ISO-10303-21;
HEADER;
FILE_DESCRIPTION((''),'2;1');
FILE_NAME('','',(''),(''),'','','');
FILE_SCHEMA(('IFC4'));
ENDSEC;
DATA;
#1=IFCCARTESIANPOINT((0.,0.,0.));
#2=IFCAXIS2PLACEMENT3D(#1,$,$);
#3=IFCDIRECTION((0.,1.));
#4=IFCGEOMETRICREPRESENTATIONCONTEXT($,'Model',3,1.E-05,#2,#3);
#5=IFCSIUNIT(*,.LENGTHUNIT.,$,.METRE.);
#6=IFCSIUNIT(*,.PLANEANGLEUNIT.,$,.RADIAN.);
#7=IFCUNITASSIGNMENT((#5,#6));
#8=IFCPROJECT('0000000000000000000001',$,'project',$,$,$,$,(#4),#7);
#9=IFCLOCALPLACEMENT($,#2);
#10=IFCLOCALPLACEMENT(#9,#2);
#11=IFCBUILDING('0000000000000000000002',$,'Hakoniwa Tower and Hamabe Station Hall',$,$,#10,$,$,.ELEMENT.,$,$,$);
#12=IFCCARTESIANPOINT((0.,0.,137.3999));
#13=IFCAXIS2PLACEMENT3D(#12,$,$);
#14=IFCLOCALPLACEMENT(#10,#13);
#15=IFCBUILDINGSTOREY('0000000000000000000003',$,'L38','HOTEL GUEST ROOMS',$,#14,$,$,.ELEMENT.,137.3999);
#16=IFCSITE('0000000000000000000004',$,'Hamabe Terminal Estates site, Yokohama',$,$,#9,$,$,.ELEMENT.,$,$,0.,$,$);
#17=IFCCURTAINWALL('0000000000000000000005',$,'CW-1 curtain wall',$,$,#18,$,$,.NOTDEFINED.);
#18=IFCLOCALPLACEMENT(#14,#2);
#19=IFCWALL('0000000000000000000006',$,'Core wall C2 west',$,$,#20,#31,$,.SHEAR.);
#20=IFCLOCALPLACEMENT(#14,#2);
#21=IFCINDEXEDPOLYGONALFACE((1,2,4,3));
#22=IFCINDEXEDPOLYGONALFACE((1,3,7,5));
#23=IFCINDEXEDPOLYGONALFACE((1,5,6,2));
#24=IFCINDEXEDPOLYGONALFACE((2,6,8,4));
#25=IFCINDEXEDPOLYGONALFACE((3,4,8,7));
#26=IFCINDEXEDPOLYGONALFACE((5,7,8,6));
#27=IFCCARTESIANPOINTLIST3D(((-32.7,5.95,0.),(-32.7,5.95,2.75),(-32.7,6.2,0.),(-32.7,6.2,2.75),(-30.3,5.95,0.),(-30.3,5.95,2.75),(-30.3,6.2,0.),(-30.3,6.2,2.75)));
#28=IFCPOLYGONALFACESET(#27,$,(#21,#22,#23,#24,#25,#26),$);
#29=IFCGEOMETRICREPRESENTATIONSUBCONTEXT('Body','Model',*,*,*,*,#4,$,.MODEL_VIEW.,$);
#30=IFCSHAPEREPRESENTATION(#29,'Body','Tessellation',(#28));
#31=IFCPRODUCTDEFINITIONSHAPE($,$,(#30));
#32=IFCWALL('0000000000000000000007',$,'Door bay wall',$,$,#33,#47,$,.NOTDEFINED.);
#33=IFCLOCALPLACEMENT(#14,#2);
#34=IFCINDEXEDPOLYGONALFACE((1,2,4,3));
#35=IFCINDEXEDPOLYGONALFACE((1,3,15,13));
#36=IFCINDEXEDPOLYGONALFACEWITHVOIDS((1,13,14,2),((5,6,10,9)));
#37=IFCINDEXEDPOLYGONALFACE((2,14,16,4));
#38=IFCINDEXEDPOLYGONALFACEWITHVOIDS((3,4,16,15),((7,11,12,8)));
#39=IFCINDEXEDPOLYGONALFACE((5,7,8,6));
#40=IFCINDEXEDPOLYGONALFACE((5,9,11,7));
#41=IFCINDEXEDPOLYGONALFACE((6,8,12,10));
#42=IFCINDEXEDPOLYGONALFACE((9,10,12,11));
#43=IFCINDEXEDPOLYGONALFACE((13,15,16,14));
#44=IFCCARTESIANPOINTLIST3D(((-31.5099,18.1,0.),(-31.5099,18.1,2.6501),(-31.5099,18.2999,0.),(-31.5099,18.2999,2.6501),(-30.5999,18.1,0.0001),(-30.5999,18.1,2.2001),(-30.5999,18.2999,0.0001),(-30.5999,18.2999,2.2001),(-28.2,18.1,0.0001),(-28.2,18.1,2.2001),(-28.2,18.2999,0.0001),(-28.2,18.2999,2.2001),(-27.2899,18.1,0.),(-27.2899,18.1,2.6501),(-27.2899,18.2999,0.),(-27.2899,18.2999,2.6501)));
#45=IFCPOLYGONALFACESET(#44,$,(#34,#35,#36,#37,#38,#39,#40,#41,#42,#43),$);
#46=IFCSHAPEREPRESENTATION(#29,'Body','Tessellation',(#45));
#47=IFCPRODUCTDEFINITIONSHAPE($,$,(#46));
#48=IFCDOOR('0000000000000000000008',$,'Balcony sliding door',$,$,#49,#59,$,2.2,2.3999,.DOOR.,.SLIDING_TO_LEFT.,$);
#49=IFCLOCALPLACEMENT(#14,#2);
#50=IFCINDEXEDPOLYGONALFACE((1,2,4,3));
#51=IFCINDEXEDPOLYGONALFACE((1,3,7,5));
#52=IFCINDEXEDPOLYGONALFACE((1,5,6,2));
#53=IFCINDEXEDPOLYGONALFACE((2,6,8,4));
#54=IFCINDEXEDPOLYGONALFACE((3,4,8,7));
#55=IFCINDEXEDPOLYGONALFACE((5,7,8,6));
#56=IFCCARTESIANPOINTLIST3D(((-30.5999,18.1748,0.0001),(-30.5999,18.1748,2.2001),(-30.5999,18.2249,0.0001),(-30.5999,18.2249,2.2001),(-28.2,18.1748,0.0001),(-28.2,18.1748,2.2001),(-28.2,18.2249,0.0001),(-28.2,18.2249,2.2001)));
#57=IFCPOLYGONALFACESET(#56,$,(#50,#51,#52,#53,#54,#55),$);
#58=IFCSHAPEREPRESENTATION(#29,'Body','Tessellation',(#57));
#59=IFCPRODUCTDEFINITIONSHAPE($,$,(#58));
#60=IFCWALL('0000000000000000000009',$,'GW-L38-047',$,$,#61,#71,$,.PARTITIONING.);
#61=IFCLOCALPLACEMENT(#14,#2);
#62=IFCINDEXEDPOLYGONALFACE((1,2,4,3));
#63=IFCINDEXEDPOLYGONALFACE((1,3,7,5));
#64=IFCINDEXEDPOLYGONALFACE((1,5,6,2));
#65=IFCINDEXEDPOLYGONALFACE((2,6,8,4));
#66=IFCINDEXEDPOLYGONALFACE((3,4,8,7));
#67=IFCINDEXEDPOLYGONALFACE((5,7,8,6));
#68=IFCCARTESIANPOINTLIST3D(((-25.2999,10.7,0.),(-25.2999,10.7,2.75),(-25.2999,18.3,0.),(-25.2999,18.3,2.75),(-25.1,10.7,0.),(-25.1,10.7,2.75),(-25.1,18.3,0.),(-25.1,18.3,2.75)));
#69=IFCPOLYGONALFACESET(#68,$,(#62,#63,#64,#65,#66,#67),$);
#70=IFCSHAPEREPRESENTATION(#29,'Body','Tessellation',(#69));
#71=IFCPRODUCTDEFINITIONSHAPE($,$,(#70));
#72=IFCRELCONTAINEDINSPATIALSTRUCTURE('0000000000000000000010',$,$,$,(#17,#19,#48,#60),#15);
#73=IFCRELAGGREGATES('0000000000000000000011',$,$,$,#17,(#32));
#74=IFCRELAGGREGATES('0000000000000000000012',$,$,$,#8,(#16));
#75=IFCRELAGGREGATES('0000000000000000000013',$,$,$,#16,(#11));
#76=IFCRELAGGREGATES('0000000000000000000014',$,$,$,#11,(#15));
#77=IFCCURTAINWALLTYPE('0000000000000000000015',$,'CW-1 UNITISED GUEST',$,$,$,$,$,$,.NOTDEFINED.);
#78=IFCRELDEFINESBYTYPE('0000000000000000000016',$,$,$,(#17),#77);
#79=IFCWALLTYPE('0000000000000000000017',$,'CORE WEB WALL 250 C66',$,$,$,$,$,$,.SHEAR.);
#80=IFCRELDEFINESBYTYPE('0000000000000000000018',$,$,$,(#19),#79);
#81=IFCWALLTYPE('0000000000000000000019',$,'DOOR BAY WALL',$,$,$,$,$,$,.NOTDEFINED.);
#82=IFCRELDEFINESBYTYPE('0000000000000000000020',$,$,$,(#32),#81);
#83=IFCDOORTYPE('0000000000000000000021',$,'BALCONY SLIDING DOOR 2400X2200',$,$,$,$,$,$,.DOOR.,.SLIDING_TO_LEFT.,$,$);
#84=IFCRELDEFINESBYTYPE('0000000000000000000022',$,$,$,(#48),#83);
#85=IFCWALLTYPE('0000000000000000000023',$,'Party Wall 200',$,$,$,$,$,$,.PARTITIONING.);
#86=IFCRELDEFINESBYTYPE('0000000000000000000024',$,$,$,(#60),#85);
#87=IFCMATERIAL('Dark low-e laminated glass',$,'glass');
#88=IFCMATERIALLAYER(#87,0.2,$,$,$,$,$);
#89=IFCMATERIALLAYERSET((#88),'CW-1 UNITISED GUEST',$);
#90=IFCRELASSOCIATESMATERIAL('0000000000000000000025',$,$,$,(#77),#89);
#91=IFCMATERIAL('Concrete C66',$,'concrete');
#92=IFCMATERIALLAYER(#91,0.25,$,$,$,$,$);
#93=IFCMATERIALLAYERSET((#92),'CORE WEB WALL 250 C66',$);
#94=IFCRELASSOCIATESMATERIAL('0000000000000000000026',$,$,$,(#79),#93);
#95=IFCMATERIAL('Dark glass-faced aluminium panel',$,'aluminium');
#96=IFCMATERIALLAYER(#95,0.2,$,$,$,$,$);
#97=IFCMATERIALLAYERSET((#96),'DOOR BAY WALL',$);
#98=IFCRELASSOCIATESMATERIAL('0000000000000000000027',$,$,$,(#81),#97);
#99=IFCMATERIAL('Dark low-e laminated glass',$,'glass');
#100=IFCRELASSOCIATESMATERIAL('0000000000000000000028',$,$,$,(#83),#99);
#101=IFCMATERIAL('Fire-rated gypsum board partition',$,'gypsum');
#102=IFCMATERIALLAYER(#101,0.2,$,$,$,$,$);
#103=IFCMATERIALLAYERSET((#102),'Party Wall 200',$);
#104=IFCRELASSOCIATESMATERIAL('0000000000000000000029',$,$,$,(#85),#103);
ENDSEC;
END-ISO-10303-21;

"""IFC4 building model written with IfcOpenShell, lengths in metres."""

from ifc_helpers import new_model, si_unit, direction, frame, frame_2d, origin, place, context, subcontext, project, spatial, rectangle, extrude, material, layer, layer_set, type_object, element, fill, aggregate, save


model = new_model("IFC4")

# Units and contexts
model_context = context("Model", 3, precision=1e-05, world=origin(), true_north=direction((0.0, 1.0)))
body_context = subcontext(model_context, "Body", "Model", "MODEL_VIEW")
ifc_project = project(units=[si_unit("LENGTHUNIT", "METRE"), si_unit("PLANEANGLEUNIT", "RADIAN")], contexts=[model_context])

# Site, building, storey
site_placement = place(None, origin())
site = spatial("IfcSite", under=ifc_project, at=site_placement, Name="Hamabe Terminal Estates site, Yokohama", CompositionType="ELEMENT", RefElevation=0.0)
building_placement = place(site_placement, origin())
building = spatial("IfcBuilding", under=site, at=building_placement, Name="Hakoniwa Tower and Hamabe Station Hall", CompositionType="ELEMENT")
storey_placement = place(building_placement, frame((0.0, 0.0, 137.3999)))
storey = spatial("IfcBuildingStorey", under=building, at=storey_placement, Name="L38", Description="HOTEL GUEST ROOMS", CompositionType="ELEMENT", Elevation=137.3999)

# Curtain wall
ifc_material_1 = material(Name="Dark low-e laminated glass", Category="glass")
ifc_layer_1 = layer(ifc_material_1, 0.2)
ifc_layer_set_1 = layer_set([ifc_layer_1], Name="CW-1 UNITISED GUEST")
curtain_wall_type = type_object("IfcCurtainWallType", Name="CW-1 UNITISED GUEST", PredefinedType="NOTDEFINED", material=ifc_layer_set_1)
curtain_wall_placement = place(storey_placement, origin())
curtain_wall = element("IfcCurtainWall", 1, at=curtain_wall_placement, inside=storey, type_object=curtain_wall_type, Name="CW-1 curtain wall", PredefinedType="NOTDEFINED")

# Shared definitions
ifc_material_2 = material(Name="Concrete C66", Category="concrete")
ifc_layer_2 = layer(ifc_material_2, 0.25)
ifc_layer_set_2 = layer_set([ifc_layer_2], Name="CORE WEB WALL 250 C66")
wall_type_1 = type_object("IfcWallType", Name="CORE WEB WALL 250 C66", PredefinedType="SHEAR", material=ifc_layer_set_2)

# Wall
wall_1_placement = place(storey_placement, frame((-32.7, 6.075, 0.0), z_axis=(0.0, 0.0, 1.0), x_axis=(1.0, 0.0, 0.0)))
element("IfcWall", 2, at=wall_1_placement, inside=storey, type_object=wall_type_1, Name="Core wall C2 west", PredefinedType="SHEAR", context=body_context, shape_type="SweptSolid", body=[
    extrude(rectangle(XDim=2.3999, YDim=0.25, at=frame_2d((1.2, 0.0))), origin(), (0.0, 0.0, 1.0), 2.75),
])

# Wall, opening, door
ifc_material_3 = material(Name="Dark glass-faced aluminium panel", Category="aluminium")
ifc_layer_3 = layer(ifc_material_3, 0.2)
ifc_layer_set_3 = layer_set([ifc_layer_3], Name="DOOR BAY WALL")
wall_type_2 = type_object("IfcWallType", Name="DOOR BAY WALL", PredefinedType="NOTDEFINED", material=ifc_layer_set_3)
wall_2_placement = place(storey_placement, frame((-27.29, 18.2, 0.0), z_axis=(0.0, 0.0, 1.0), x_axis=(-1.0, 0.0, 0.0)))
wall_2 = element("IfcWall", 3, at=wall_2_placement, type_object=wall_type_2, Name="Door bay wall", PredefinedType="NOTDEFINED", context=body_context, shape_type="SweptSolid", body=[
    extrude(rectangle(XDim=4.22, YDim=0.2, at=frame_2d((2.1099, 0.0))), origin(), (0.0, 0.0, 1.0), 2.6501),
])
opening_1_placement = place(wall_2_placement, frame((0.9099, 0.0, 0.0)))
opening_1 = element("IfcOpeningElement", 4, at=opening_1_placement, cuts=wall_2, PredefinedType="OPENING", context=body_context, shape_type="SweptSolid", body=[
    extrude(rectangle(XDim=2.3999, YDim=2.2, at=frame_2d((1.2, 1.1001))), frame((0.0, 0.1099, 0.0), z_axis=(0.0, -1.0, 0.0), x_axis=(1.0, 0.0, 0.0)), (0.0, 0.0, 1.0), 0.22),
])
ifc_material_4 = material(Name="Dark low-e laminated glass", Category="glass")
door_type_1 = type_object("IfcDoorType", Name="BALCONY SLIDING DOOR 2400X2200", OperationType="SLIDING_TO_LEFT", PredefinedType="DOOR", material=ifc_material_4)
door_1_placement = place(opening_1_placement, frame((2.3999, 0.0, 0.0), z_axis=(0.0, 0.0, 1.0), x_axis=(-1.0, 0.0, 0.0)))
door_1 = element("IfcDoor", 5, at=door_1_placement, inside=storey, type_object=door_type_1, Name="Balcony sliding door", OperationType="SLIDING_TO_LEFT", OverallHeight=2.2, OverallWidth=2.3999, PredefinedType="DOOR", context=body_context, shape_type="SweptSolid", body=[
    extrude(rectangle(XDim=2.3999, YDim=2.2, at=frame_2d((1.2, 1.1001))), frame((0.0, 0.0249, 0.0), z_axis=(0.0, -1.0, 0.0), x_axis=(1.0, 0.0, 0.0)), (0.0, 0.0, 1.0), 0.05),
])
fill(opening_1, door_1)
aggregate(curtain_wall, [wall_2])

# Wall
ifc_material_5 = material(Name="Fire-rated gypsum board partition", Category="gypsum")
ifc_layer_4 = layer(ifc_material_5, 0.2)
ifc_layer_set_4 = layer_set([ifc_layer_4], Name="Party Wall 200")
wall_type_3 = type_object("IfcWallType", Name="Party Wall 200", PredefinedType="PARTITIONING", material=ifc_layer_set_4)
wall_3_placement = place(storey_placement, frame((-25.2, 10.7, 0.0), z_axis=(0.0, 0.0, 1.0), x_axis=(0.0, 1.0, 0.0)))
element("IfcWall", 6, at=wall_3_placement, inside=storey, type_object=wall_type_3, Name="GW-L38-047", PredefinedType="PARTITIONING", context=body_context, shape_type="SweptSolid", body=[
    extrude(rectangle(XDim=7.6001, YDim=0.2, at=frame_2d((3.8, 0.0))), origin(), (0.0, 0.0, 1.0), 2.75),
])

save(model, "model.ifc")
